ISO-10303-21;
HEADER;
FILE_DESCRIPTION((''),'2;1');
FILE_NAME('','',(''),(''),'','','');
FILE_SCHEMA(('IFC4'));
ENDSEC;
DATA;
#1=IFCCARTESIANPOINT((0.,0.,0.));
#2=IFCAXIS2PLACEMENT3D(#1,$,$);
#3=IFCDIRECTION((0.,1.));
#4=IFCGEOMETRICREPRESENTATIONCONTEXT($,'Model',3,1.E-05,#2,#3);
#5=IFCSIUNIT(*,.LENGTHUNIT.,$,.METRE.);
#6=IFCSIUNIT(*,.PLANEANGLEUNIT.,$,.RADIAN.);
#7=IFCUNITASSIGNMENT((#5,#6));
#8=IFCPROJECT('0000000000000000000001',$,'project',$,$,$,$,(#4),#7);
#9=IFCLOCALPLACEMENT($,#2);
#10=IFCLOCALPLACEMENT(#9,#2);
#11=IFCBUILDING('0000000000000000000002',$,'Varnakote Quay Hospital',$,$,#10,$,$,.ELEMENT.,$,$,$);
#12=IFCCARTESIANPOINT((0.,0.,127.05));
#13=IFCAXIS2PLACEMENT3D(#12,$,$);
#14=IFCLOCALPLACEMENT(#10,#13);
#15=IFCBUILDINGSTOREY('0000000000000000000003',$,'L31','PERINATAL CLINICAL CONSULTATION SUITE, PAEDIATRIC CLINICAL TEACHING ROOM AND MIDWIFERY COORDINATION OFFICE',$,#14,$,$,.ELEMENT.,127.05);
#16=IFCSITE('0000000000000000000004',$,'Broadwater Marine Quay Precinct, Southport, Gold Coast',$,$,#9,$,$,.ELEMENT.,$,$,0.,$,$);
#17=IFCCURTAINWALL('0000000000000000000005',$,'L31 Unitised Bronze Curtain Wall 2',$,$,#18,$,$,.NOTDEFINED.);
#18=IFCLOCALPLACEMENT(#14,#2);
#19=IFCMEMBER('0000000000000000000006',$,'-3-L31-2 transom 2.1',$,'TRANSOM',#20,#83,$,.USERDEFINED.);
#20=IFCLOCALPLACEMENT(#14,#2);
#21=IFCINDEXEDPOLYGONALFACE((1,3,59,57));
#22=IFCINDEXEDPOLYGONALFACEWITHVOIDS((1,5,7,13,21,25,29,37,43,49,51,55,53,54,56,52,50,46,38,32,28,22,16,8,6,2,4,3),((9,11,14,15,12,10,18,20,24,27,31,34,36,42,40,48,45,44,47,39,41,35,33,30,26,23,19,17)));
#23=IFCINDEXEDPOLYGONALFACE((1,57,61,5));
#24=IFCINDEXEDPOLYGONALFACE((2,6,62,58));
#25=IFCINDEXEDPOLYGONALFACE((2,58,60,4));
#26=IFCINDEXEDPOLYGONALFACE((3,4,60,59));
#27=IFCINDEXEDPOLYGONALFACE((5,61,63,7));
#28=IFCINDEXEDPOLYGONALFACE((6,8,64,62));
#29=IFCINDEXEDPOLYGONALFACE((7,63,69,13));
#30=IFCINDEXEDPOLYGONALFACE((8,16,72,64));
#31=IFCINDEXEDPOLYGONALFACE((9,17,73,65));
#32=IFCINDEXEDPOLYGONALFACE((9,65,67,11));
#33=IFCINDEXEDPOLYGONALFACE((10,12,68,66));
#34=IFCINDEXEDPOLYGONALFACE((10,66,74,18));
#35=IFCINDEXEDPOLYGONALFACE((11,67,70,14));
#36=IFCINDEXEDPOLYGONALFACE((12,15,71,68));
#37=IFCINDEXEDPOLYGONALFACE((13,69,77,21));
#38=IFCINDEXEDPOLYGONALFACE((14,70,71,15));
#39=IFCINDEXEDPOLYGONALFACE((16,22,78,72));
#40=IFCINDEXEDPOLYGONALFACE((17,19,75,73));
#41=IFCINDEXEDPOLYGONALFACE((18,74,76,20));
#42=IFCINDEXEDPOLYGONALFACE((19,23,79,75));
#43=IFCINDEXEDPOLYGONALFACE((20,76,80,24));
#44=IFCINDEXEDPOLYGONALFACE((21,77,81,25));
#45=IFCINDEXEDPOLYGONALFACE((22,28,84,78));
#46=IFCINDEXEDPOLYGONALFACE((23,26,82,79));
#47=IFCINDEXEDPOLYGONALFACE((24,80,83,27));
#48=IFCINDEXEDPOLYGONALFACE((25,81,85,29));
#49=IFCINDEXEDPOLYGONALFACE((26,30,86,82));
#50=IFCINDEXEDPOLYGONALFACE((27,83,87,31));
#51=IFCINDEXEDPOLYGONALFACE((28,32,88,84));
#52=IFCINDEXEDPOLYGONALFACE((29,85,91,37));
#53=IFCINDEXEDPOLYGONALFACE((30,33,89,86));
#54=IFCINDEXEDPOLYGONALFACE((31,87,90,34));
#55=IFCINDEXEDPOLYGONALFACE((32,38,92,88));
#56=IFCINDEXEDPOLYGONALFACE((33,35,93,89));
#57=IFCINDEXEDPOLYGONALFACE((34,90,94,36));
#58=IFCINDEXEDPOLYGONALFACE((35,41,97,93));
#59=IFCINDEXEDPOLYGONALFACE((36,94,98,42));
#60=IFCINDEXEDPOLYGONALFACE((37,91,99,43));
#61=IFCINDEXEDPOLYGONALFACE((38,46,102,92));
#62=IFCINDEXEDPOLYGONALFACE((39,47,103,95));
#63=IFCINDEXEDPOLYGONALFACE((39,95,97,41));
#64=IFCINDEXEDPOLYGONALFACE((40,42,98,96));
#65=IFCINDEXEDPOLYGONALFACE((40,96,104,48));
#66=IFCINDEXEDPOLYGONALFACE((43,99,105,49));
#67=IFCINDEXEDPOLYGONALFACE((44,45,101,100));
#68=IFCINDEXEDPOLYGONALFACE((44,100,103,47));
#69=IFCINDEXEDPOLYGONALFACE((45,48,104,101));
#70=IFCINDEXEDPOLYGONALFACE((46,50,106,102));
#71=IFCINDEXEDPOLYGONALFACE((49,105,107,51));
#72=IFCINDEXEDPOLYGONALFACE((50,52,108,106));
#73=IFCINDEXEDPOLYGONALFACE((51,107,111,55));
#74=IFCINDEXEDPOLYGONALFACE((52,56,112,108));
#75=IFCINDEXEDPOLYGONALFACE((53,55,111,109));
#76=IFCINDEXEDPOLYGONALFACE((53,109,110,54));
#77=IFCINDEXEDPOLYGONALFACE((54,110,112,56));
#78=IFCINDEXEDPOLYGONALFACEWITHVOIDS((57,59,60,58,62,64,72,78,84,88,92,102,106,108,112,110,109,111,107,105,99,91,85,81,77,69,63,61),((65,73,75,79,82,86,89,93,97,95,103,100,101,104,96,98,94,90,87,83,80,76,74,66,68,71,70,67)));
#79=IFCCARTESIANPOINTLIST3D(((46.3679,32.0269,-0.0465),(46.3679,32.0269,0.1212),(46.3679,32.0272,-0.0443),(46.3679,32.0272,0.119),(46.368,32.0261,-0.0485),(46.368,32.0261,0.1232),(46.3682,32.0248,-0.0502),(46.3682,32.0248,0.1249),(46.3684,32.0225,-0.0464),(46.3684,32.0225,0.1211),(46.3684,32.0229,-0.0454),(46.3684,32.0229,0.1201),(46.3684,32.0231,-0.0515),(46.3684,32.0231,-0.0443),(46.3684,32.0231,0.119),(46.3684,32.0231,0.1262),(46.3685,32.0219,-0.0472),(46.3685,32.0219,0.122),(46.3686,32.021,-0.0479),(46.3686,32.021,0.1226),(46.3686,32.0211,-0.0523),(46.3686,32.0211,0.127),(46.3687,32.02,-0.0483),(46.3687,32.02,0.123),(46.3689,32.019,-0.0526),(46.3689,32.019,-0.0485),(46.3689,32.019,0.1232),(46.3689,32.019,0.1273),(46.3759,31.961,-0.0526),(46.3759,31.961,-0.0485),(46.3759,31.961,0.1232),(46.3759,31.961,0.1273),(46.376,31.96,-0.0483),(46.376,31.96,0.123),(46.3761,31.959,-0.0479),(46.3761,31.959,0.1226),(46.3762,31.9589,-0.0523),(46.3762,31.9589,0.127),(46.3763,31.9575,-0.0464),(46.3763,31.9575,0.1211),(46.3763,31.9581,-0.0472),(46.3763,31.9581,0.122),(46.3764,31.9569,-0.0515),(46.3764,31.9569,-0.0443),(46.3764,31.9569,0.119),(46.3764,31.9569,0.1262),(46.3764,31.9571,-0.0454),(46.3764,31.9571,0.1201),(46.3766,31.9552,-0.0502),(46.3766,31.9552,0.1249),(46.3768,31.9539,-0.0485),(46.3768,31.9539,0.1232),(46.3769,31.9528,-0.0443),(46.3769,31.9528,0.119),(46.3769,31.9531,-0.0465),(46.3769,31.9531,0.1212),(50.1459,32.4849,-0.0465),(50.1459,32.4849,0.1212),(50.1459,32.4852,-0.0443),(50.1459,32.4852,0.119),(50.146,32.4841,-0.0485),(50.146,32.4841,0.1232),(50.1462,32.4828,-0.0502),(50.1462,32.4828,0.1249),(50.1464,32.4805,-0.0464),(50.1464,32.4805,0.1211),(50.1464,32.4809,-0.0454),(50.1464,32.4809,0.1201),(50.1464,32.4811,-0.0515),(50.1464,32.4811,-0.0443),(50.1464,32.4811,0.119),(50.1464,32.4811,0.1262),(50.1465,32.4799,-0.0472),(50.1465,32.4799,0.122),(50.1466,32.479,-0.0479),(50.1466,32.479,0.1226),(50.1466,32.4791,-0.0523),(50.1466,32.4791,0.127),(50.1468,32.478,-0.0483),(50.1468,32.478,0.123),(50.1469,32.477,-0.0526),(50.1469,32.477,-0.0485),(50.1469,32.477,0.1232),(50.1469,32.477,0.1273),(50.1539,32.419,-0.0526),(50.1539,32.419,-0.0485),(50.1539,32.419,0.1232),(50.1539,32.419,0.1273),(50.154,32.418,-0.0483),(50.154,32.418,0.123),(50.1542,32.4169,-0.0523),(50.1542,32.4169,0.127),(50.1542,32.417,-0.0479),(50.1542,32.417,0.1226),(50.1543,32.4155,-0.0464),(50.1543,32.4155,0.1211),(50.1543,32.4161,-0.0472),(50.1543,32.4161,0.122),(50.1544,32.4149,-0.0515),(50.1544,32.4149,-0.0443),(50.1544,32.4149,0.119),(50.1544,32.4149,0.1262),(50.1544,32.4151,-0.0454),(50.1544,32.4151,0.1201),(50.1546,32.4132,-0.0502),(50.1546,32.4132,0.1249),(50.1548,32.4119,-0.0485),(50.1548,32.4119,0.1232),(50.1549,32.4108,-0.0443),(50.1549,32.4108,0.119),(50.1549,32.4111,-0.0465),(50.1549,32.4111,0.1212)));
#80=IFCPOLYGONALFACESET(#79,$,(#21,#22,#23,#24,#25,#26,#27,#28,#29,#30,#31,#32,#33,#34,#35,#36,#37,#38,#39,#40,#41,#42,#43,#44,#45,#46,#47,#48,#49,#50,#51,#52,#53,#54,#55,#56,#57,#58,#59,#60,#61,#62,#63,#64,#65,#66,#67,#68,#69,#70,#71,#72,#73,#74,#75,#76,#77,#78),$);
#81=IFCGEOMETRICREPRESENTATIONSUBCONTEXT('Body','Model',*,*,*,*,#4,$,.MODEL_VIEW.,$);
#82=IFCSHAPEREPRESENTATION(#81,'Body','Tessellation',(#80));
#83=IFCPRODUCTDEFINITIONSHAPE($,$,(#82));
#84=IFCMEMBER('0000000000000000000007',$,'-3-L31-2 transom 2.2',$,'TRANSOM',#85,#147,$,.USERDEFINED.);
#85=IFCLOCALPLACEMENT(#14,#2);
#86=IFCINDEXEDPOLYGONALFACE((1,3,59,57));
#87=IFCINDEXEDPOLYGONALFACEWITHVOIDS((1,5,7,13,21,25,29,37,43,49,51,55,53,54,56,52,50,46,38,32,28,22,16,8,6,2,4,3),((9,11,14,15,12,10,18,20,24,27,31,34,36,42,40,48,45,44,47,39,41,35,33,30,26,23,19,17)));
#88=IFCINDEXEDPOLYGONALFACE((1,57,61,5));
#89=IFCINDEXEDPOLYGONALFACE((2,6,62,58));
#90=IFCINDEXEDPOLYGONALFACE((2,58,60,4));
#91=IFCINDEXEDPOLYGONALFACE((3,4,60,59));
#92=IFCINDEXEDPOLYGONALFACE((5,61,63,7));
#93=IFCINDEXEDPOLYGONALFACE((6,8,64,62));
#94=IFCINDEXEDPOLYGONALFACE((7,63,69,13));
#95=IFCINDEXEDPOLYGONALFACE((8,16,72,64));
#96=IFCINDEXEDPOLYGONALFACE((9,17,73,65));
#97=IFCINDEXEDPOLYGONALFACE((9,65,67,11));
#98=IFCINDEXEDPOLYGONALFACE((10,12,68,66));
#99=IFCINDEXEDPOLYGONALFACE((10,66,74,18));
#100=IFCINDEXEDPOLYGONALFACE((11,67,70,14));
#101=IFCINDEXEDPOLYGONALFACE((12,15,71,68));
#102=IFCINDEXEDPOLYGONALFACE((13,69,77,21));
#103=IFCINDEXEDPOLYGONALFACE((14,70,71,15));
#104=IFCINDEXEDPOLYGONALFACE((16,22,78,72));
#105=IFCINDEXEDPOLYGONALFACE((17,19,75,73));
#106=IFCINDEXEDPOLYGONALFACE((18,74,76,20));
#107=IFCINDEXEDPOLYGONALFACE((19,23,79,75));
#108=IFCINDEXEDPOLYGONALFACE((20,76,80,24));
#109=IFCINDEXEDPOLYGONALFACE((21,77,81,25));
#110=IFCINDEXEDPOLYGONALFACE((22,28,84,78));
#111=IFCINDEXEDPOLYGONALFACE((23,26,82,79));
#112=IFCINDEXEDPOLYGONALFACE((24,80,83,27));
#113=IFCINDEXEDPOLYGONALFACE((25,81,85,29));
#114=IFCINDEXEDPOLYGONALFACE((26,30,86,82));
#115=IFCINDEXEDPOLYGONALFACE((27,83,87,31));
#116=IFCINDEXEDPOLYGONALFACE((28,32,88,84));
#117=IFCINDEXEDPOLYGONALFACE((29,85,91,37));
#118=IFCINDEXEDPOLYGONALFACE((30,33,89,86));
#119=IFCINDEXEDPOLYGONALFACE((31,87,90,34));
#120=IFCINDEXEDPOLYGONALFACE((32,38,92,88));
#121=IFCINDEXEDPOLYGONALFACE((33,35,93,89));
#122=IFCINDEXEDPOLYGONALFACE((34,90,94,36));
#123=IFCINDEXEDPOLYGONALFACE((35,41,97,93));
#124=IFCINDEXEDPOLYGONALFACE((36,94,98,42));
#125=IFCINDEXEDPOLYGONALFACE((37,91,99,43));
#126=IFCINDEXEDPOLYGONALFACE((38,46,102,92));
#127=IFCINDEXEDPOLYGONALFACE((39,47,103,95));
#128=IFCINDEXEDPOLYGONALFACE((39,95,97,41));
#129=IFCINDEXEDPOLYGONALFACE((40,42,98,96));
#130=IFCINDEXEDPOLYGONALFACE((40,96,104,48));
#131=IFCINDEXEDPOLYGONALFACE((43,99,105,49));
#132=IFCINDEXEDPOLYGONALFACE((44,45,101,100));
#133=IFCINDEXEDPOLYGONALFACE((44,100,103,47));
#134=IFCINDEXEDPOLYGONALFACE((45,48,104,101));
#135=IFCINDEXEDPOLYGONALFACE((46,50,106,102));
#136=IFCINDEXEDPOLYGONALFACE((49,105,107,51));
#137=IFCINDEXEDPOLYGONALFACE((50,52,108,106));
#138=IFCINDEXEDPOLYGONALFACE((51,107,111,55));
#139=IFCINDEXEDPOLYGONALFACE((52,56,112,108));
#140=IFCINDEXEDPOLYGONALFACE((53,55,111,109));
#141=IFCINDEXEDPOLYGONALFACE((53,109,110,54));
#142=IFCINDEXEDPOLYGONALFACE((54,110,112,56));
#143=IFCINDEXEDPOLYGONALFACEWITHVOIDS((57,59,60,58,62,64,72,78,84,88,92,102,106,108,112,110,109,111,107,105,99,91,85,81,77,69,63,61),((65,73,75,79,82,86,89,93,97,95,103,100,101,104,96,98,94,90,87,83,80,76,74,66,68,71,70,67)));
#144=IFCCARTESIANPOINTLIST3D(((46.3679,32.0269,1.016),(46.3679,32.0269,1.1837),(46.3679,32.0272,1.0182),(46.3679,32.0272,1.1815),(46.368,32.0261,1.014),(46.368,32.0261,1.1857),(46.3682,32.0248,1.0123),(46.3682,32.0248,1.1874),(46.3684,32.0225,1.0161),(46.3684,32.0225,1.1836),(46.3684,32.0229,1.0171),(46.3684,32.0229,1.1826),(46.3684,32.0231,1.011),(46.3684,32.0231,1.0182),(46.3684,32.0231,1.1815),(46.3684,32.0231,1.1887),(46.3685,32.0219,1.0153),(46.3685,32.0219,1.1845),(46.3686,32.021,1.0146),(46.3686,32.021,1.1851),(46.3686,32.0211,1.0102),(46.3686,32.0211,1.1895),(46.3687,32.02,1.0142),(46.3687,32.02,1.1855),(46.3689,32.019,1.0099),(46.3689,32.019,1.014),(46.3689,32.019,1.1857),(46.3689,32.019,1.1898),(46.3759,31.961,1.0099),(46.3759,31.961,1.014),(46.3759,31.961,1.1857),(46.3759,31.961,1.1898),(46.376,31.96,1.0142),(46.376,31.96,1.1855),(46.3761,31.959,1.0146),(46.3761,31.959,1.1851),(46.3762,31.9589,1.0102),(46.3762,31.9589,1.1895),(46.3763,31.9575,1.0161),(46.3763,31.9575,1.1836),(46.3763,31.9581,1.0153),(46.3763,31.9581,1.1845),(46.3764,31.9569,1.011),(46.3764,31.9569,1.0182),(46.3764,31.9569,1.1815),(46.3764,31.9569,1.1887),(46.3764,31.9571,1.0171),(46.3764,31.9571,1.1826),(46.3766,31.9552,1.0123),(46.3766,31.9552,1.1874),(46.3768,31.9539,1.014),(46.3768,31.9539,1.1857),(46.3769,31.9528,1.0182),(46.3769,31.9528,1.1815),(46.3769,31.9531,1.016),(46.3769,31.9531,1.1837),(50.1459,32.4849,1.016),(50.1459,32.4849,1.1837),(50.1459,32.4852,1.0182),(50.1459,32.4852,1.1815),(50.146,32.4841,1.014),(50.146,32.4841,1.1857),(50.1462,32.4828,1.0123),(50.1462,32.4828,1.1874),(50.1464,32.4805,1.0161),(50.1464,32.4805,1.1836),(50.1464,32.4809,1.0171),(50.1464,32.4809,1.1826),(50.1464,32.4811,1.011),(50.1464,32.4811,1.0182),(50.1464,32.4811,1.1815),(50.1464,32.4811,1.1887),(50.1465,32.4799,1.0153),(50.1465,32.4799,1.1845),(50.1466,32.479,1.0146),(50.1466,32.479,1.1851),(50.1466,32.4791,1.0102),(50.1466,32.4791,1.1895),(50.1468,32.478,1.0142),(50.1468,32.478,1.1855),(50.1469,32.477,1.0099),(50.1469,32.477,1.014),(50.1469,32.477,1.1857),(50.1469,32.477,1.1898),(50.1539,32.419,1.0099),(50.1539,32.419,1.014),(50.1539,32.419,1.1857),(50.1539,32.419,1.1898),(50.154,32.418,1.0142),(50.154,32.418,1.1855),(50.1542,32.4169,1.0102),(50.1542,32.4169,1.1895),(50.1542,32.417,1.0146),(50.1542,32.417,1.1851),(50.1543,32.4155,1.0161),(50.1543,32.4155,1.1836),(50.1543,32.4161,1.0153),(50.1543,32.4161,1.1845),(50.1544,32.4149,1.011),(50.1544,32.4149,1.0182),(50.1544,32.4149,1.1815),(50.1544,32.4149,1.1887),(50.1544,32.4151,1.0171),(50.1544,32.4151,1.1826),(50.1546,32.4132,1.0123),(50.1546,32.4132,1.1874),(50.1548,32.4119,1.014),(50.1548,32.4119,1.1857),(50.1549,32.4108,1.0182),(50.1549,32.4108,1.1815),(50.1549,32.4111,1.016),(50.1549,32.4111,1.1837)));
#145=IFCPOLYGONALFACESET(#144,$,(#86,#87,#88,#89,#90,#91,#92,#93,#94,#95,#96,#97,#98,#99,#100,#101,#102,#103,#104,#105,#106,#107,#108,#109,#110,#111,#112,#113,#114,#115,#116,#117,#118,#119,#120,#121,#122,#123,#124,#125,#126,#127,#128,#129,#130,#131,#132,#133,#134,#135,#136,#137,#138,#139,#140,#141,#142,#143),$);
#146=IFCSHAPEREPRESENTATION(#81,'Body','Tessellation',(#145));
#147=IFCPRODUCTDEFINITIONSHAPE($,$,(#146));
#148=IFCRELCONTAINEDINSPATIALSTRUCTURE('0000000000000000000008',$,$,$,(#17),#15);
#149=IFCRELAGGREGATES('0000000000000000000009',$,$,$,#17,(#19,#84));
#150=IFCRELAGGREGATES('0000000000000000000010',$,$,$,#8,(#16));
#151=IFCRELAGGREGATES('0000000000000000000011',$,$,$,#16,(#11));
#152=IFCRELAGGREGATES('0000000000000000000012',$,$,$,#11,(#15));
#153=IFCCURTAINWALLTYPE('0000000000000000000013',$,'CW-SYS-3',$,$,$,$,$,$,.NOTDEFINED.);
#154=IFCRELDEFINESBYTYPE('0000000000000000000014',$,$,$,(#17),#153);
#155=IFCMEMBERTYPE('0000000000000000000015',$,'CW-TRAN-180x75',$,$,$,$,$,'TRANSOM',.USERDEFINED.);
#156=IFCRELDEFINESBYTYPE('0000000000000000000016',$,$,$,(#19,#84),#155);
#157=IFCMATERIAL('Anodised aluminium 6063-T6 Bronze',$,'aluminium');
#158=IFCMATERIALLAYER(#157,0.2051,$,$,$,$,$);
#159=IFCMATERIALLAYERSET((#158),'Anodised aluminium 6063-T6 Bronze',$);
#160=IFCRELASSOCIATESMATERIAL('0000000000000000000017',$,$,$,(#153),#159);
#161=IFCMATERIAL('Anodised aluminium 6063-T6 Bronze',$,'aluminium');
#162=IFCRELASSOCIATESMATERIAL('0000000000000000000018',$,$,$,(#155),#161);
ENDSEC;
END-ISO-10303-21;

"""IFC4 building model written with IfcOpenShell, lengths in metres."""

from ifc_helpers import new_model, si_unit, direction, frame, origin, origin_2d, place, context, subcontext, project, spatial, hollow_rectangle, extrude, material, layer, layer_set, material_profile, profile_set, type_object, element, aggregate, save


model = new_model("IFC4")

# Units and contexts
model_context = context("Model", 3, precision=1e-05, world=origin(), true_north=direction((0.0, 1.0)))
body_context = subcontext(model_context, "Body", "Model", "MODEL_VIEW")
ifc_project = project(units=[si_unit("LENGTHUNIT", "METRE"), si_unit("PLANEANGLEUNIT", "RADIAN")], contexts=[model_context])

# Site, building, storey
site_placement = place(None, origin())
site = spatial("IfcSite", under=ifc_project, at=site_placement, Name="Broadwater Marine Quay Precinct, Southport, Gold Coast", CompositionType="ELEMENT", RefElevation=0.0)
building_placement = place(site_placement, origin())
building = spatial("IfcBuilding", under=site, at=building_placement, Name="Varnakote Quay Hospital", CompositionType="ELEMENT")
storey_placement = place(building_placement, frame((0.0, 0.0, 127.05)))
storey = spatial("IfcBuildingStorey", under=building, at=storey_placement, Name="L31", Description="PERINATAL CLINICAL CONSULTATION SUITE, PAEDIATRIC CLINICAL TEACHING ROOM AND MIDWIFERY COORDINATION OFFICE", CompositionType="ELEMENT", Elevation=127.05)

# Shared definitions
ifc_material_1 = material(Name="Anodised aluminium 6063-T6 Bronze", Category="aluminium")
ifc_layer_1 = layer(ifc_material_1, 0.2051)
ifc_layer_set_1 = layer_set([ifc_layer_1], Name="Anodised aluminium 6063-T6 Bronze")
curtain_wall_type = type_object("IfcCurtainWallType", Name="CW-SYS-3", PredefinedType="NOTDEFINED", material=ifc_layer_set_1)

# Curtain wall, members
curtain_wall_1_placement = place(storey_placement, origin())
curtain_wall_1 = element("IfcCurtainWall", 1, at=curtain_wall_1_placement, inside=storey, type_object=curtain_wall_type, Name="L31 Unitised Bronze Curtain Wall 2", PredefinedType="NOTDEFINED")
ifc_material_2 = material(Name="Anodised aluminium 6063-T6 Bronze", Category="aluminium")
ifc_material_profile_1 = material_profile(ifc_material_2, hollow_rectangle(XDim=0.075, YDim=0.1799, WallThickness=0.0042, InnerFilletRadius=0.0042, OuterFilletRadius=0.0083, at=origin_2d()), Name="CW-TRAN-180x75")
ifc_profile_set_1 = profile_set([ifc_material_profile_1], Name="Anodised aluminium 6063-T6 Bronze")
member_type_1 = type_object("IfcMemberType", Name="CW-TRAN-180x75", ElementType="TRANSOM", PredefinedType="USERDEFINED", material=ifc_profile_set_1)
member_1_placement = place(storey_placement, frame((50.1504, 32.448, 0.0374), z_axis=(-0.992732, -0.120347, 0.0), x_axis=(0.120347, -0.992732, 0.0)))
member_1 = element("IfcMember", 2, at=member_1_placement, type_object=member_type_1, Name="-3-L31-2 transom 2.1", ObjectType="TRANSOM", PredefinedType="USERDEFINED", context=body_context, shape_type="SweptSolid", body=[
    extrude(hollow_rectangle(XDim=0.075, YDim=0.1799, WallThickness=0.0042, InnerFilletRadius=0.0042, OuterFilletRadius=0.0083, at=origin_2d()), origin(), (0.0, 0.0, 1.0), 3.8057),
])
member_2_placement = place(storey_placement, frame((50.1504, 32.448, 1.0999), z_axis=(-0.992732, -0.120347, 0.0), x_axis=(0.120347, -0.992732, 0.0)))
member_2 = element("IfcMember", 3, at=member_2_placement, type_object=member_type_1, Name="-3-L31-2 transom 2.2", ObjectType="TRANSOM", PredefinedType="USERDEFINED", context=body_context, shape_type="SweptSolid", body=[
    extrude(hollow_rectangle(XDim=0.075, YDim=0.1799, WallThickness=0.0042, InnerFilletRadius=0.0042, OuterFilletRadius=0.0083, at=origin_2d()), origin(), (0.0, 0.0, 1.0), 3.8057),
])

aggregate(curtain_wall_1, [member_1, member_2])

save(model, "model.ifc")
